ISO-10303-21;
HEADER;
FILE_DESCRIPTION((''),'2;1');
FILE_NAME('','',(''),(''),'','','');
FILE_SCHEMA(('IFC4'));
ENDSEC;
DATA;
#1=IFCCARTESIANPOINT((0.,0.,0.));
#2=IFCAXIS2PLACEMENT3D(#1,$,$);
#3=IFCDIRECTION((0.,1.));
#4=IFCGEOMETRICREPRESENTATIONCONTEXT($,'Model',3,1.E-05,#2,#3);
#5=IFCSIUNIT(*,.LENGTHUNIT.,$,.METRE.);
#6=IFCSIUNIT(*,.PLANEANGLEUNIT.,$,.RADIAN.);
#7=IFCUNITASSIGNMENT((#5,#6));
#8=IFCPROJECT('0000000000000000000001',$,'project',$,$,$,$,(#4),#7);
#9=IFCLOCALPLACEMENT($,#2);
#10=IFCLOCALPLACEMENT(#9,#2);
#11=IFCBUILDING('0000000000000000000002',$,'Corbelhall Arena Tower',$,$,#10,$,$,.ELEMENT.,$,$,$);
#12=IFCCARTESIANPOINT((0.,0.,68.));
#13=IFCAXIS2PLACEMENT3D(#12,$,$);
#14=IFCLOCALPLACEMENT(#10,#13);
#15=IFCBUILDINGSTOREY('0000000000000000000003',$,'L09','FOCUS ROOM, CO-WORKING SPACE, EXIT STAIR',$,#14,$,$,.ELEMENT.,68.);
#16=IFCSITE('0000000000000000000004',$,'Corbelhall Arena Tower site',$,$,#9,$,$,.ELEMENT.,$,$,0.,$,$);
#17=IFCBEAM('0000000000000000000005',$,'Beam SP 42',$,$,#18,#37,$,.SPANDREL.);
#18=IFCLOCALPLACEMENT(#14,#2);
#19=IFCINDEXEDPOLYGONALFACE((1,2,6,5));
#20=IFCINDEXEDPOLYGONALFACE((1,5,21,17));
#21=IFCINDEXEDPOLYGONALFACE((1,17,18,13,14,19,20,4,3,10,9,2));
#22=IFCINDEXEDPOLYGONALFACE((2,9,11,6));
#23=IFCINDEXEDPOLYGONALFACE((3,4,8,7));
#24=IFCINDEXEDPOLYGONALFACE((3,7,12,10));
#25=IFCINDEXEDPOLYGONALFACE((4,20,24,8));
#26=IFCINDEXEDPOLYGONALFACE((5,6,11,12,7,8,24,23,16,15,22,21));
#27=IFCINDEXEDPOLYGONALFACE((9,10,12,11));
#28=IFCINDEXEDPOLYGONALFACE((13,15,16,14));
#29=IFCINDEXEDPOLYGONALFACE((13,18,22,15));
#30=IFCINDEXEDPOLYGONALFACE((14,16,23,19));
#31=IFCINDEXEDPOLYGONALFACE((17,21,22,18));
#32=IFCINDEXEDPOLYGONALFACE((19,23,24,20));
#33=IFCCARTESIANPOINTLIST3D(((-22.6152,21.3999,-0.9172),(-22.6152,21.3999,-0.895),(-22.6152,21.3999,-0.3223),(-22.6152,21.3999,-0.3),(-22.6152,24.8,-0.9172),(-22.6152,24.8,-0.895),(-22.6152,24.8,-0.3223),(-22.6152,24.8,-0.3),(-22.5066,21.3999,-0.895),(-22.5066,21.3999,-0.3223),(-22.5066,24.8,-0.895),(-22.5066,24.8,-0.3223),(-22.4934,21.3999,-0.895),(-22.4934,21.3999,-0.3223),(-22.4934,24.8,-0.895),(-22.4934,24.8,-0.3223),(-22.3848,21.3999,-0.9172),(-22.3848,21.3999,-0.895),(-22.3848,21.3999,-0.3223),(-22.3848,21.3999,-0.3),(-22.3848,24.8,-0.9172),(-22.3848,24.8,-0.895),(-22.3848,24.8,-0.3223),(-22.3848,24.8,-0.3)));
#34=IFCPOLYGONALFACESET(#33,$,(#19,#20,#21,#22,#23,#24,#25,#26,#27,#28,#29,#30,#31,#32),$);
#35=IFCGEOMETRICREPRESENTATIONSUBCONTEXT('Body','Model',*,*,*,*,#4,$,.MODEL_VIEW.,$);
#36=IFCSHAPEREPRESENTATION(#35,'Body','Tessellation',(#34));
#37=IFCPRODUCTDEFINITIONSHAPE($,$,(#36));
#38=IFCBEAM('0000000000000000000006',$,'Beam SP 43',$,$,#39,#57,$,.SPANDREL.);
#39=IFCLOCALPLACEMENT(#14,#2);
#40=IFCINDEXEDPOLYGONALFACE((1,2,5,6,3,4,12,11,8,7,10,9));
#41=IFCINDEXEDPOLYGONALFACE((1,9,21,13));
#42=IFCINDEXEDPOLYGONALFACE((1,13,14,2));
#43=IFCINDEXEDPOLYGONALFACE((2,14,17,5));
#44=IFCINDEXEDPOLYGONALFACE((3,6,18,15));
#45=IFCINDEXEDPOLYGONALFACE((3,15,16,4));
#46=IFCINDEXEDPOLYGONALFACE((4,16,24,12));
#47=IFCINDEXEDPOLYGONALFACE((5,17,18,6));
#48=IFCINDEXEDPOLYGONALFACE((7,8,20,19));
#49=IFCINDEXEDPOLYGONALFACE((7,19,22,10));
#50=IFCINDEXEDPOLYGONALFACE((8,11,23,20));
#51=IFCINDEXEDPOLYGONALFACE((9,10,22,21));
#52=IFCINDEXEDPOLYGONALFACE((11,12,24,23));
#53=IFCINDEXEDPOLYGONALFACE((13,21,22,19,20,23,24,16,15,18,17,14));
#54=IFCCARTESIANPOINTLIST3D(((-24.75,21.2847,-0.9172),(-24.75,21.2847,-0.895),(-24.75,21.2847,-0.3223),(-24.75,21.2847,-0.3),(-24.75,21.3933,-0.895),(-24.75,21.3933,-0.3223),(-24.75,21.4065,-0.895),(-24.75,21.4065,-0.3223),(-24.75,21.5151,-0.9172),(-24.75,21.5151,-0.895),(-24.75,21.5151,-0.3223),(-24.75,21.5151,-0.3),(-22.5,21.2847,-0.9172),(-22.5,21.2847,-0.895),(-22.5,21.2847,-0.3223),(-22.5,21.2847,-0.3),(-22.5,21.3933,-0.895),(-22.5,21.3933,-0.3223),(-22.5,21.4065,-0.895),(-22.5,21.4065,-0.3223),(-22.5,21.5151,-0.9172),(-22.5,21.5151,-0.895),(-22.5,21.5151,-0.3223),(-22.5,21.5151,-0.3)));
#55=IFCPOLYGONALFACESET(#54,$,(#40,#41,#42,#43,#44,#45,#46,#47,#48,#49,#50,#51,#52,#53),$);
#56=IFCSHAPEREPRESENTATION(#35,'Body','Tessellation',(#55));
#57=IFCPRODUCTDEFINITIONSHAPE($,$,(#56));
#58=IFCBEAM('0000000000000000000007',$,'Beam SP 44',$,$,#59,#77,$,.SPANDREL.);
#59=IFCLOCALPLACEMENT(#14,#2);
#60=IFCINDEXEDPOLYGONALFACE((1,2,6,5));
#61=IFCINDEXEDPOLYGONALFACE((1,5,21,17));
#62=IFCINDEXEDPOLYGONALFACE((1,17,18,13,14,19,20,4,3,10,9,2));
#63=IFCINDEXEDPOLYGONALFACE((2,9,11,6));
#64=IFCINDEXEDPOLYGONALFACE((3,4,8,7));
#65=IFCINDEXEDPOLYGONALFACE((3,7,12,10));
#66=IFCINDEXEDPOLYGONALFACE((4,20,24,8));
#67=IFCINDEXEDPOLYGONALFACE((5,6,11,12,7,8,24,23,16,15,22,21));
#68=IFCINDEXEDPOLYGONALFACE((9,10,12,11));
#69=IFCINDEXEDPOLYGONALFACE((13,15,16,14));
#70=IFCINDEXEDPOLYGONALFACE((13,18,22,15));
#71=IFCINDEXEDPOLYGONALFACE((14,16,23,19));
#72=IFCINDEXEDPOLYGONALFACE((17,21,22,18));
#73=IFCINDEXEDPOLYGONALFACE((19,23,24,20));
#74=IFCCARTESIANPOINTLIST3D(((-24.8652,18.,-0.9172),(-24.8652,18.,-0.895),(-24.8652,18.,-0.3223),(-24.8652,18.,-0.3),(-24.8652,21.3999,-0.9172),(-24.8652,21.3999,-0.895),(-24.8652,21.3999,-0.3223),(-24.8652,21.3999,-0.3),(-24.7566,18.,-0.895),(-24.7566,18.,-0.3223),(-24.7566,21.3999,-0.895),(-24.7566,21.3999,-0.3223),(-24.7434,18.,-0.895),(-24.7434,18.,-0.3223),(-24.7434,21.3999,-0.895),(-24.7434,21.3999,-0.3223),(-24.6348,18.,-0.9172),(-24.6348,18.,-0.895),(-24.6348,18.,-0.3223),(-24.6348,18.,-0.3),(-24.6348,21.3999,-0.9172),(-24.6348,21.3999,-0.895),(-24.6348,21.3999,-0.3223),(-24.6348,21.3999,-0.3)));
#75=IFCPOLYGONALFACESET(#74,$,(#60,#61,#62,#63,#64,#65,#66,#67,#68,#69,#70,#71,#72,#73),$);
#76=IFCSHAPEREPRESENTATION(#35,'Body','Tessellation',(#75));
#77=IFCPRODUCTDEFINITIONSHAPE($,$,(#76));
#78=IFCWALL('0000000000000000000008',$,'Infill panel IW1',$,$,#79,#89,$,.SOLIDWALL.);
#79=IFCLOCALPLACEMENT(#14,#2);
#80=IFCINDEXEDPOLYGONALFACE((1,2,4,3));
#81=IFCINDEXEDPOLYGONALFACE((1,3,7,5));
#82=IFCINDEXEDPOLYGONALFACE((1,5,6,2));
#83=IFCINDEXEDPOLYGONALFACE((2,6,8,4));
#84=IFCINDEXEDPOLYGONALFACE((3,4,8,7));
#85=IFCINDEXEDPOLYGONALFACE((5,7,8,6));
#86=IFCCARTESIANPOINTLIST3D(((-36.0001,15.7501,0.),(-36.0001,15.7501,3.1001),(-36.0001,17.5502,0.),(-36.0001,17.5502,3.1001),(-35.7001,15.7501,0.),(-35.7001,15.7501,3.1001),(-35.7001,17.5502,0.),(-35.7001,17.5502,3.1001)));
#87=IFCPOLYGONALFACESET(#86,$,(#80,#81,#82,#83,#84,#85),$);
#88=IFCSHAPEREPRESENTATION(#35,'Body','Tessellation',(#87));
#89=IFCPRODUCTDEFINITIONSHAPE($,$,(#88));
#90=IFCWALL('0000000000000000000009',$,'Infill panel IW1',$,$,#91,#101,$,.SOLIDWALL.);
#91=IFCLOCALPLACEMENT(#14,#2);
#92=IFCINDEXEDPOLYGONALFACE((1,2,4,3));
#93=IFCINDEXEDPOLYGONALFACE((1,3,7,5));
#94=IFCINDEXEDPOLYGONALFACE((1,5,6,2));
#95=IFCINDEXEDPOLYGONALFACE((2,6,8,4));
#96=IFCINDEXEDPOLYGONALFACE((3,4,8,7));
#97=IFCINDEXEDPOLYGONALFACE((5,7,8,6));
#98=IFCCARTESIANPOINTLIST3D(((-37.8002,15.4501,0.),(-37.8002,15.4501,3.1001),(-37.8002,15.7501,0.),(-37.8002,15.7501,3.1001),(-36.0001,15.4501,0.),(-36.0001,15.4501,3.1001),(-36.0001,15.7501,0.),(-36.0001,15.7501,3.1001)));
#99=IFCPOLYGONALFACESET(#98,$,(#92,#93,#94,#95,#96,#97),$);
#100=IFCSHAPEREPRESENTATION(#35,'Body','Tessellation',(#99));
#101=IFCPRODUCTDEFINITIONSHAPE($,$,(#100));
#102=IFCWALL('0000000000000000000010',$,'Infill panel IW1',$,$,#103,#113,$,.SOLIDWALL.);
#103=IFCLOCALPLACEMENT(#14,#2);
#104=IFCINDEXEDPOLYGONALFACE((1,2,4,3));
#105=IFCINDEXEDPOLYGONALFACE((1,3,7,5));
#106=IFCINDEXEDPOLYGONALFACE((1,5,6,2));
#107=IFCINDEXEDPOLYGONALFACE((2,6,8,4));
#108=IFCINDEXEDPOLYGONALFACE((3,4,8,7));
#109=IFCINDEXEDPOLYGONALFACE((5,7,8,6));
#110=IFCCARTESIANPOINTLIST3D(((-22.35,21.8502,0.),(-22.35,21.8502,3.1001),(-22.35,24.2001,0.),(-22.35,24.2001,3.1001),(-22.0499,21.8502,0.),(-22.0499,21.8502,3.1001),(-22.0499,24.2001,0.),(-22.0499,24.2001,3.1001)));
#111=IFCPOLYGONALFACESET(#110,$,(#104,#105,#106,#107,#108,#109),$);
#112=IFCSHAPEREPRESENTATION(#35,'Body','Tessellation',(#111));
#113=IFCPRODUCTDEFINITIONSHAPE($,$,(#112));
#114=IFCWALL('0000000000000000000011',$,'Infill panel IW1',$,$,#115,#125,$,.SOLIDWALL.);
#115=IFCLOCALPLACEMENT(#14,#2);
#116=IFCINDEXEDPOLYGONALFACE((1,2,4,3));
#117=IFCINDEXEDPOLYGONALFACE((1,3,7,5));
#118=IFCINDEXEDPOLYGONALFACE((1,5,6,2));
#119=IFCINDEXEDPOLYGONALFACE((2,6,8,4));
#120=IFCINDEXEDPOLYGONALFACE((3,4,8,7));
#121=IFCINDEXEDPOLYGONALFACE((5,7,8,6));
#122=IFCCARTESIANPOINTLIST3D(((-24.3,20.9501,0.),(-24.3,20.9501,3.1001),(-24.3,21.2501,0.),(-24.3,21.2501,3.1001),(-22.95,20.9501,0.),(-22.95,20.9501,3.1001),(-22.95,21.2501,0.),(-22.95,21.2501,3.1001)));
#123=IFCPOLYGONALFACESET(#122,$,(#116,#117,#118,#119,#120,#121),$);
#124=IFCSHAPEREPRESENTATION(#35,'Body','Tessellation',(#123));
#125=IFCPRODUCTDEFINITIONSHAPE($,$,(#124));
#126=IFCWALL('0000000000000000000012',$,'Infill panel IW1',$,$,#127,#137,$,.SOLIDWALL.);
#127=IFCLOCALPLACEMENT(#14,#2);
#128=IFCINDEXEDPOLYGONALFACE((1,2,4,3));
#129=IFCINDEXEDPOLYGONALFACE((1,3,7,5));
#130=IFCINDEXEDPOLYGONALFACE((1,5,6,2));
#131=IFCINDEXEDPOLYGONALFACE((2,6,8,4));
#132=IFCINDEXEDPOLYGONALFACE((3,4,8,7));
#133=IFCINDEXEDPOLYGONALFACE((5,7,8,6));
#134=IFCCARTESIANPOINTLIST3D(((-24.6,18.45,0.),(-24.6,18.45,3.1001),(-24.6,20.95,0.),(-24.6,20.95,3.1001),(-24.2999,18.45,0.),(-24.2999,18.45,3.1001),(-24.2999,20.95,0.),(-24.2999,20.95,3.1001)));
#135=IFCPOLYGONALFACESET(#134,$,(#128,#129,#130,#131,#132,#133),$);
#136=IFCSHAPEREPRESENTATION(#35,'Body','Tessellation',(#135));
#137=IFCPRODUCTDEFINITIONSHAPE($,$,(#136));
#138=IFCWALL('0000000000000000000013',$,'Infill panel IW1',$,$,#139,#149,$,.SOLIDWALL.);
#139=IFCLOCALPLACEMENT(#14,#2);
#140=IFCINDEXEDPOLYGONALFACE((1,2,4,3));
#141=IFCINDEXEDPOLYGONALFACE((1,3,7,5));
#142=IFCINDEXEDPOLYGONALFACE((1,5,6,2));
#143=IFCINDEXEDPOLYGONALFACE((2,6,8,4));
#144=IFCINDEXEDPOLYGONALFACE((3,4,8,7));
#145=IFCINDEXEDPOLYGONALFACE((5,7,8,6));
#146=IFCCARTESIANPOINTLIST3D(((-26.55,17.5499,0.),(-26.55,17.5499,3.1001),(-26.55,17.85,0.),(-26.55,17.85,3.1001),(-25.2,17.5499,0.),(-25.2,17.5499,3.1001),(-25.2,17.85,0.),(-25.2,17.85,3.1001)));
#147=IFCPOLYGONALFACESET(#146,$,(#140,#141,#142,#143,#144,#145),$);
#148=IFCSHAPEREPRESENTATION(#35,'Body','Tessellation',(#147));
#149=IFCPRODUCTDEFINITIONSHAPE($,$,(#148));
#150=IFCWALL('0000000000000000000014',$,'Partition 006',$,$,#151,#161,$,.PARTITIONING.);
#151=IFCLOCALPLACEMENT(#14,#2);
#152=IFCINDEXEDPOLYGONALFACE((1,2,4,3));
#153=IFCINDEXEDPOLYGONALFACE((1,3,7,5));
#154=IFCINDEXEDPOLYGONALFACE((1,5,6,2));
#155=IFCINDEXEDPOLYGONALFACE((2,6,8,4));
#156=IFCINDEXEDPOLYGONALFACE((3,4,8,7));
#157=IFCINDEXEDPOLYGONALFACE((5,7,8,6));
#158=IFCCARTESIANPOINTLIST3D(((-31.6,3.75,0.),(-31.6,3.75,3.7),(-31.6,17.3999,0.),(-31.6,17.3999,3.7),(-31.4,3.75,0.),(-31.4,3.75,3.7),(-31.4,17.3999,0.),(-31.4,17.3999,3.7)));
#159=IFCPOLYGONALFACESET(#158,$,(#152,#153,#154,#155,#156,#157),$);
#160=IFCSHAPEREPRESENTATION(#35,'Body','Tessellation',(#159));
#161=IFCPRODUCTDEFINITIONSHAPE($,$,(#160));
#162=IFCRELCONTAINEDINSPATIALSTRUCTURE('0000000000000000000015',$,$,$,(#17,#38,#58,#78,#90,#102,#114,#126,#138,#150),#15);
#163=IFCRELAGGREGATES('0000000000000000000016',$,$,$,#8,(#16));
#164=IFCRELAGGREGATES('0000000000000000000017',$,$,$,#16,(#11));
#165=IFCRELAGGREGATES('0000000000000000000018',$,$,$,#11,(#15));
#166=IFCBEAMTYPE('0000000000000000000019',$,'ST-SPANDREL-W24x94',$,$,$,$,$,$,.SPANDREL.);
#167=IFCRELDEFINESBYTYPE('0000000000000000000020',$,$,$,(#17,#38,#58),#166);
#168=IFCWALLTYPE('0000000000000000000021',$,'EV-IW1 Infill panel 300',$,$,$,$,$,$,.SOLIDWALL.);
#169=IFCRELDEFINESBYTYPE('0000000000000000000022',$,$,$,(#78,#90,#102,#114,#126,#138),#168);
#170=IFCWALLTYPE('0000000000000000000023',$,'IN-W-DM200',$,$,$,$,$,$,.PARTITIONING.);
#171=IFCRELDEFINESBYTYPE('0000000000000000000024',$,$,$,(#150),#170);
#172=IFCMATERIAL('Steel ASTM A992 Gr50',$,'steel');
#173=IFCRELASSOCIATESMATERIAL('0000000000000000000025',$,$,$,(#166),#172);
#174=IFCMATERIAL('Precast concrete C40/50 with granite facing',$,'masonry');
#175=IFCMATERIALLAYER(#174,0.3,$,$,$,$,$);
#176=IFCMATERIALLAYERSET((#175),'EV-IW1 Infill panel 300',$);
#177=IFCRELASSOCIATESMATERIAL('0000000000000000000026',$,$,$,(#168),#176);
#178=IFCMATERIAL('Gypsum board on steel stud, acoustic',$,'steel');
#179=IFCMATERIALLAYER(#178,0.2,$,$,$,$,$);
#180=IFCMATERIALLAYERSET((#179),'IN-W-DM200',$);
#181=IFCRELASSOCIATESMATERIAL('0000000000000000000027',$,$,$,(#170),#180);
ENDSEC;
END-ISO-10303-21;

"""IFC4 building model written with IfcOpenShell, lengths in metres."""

from ifc_helpers import new_model, si_unit, direction, frame, frame_2d, origin, origin_2d, place, context, subcontext, project, spatial, rectangle, i_section, extrude, material, layer, layer_set, material_profile, profile_set, type_object, element, save


model = new_model("IFC4")

# Units and contexts
model_context = context("Model", 3, precision=1e-05, world=origin(), true_north=direction((0.0, 1.0)))
body_context = subcontext(model_context, "Body", "Model", "MODEL_VIEW")
ifc_project = project(units=[si_unit("LENGTHUNIT", "METRE"), si_unit("PLANEANGLEUNIT", "RADIAN")], contexts=[model_context])

# Site, building, storey
site_placement = place(None, origin())
site = spatial("IfcSite", under=ifc_project, at=site_placement, Name="Corbelhall Arena Tower site", CompositionType="ELEMENT", RefElevation=0.0)
building_placement = place(site_placement, origin())
building = spatial("IfcBuilding", under=site, at=building_placement, Name="Corbelhall Arena Tower", CompositionType="ELEMENT")
storey_placement = place(building_placement, frame((0.0, 0.0, 68.0)))
storey = spatial("IfcBuildingStorey", under=building, at=storey_placement, Name="L09", Description="FOCUS ROOM, CO-WORKING SPACE, EXIT STAIR", CompositionType="ELEMENT", Elevation=68.0)

# Beams
ifc_material_1 = material(Name="Steel ASTM A992 Gr50", Category="steel")
ifc_material_profile_1 = material_profile(ifc_material_1, i_section(OverallWidth=0.2305, OverallDepth=0.6172, WebThickness=0.0132, FlangeThickness=0.0222, at=origin_2d()))
ifc_profile_set_1 = profile_set([ifc_material_profile_1], Name="Steel ASTM A992 Gr50")
beam_type = type_object("IfcBeamType", Name="ST-SPANDREL-W24x94", PredefinedType="SPANDREL", material=ifc_profile_set_1)
beam_1_placement = place(storey_placement, frame((-22.5, 21.3999, -0.6086), z_axis=(0.0, 1.0, 0.0), x_axis=(-1.0, 0.0, 0.0)))
element("IfcBeam", 1, at=beam_1_placement, inside=storey, type_object=beam_type, Name="Beam SP 42", PredefinedType="SPANDREL", context=body_context, shape_type="SweptSolid", body=[
    extrude(i_section(OverallWidth=0.2305, OverallDepth=0.6172, WebThickness=0.0132, FlangeThickness=0.0222, at=origin_2d()), origin(), (0.0, 0.0, 1.0), 3.4001),
])
beam_2_placement = place(storey_placement, frame((-24.75, 21.3999, -0.6086), z_axis=(1.0, 0.0, 0.0), x_axis=(0.0, 1.0, 0.0)))
element("IfcBeam", 2, at=beam_2_placement, inside=storey, type_object=beam_type, Name="Beam SP 43", PredefinedType="SPANDREL", context=body_context, shape_type="SweptSolid", body=[
    extrude(i_section(OverallWidth=0.2305, OverallDepth=0.6172, WebThickness=0.0132, FlangeThickness=0.0222, at=origin_2d()), origin(), (0.0, 0.0, 1.0), 2.25),
])
beam_3_placement = place(storey_placement, frame((-24.75, 18.0, -0.6086), z_axis=(0.0, 1.0, 0.0), x_axis=(-1.0, 0.0, 0.0)))
element("IfcBeam", 3, at=beam_3_placement, inside=storey, type_object=beam_type, Name="Beam SP 44", PredefinedType="SPANDREL", context=body_context, shape_type="SweptSolid", body=[
    extrude(i_section(OverallWidth=0.2305, OverallDepth=0.6172, WebThickness=0.0132, FlangeThickness=0.0222, at=origin_2d()), origin(), (0.0, 0.0, 1.0), 3.3999),
])

# Walls
ifc_material_2 = material(Name="Precast concrete C40/50 with granite facing", Category="masonry")
ifc_layer_1 = layer(ifc_material_2, 0.3)
ifc_layer_set_1 = layer_set([ifc_layer_1], Name="EV-IW1 Infill panel 300")
wall_type_1 = type_object("IfcWallType", Name="EV-IW1 Infill panel 300", PredefinedType="SOLIDWALL", material=ifc_layer_set_1)
for number, where, z_axis, x_axis, name in (
    (4, (-35.8501, 17.55, 0.0), (0.0, 0.0, 1.0), (0.0, -1.0, 0.0), "Infill panel IW1"),
    (5, (-37.8, 15.6001, 0.0), (0.0, 0.0, 1.0), (1.0, 0.0, 0.0), "Infill panel IW1"),
):
    element("IfcWall", number, at=place(storey_placement, frame(where, z_axis=z_axis, x_axis=x_axis)), inside=storey, type_object=wall_type_1, Name=name, PredefinedType="SOLIDWALL", context=body_context, shape_type="SweptSolid", body=[
        extrude(rectangle(XDim=1.8, YDim=0.3, at=frame_2d((0.8999, 0.0))), origin(), (0.0, 0.0, 1.0), 3.1001),
    ])
wall_1_placement = place(storey_placement, frame((-22.2, 24.2, 0.0), z_axis=(0.0, 0.0, 1.0), x_axis=(0.0, -1.0, 0.0)))
element("IfcWall", 6, at=wall_1_placement, inside=storey, type_object=wall_type_1, Name="Infill panel IW1", PredefinedType="SOLIDWALL", context=body_context, shape_type="SweptSolid", body=[
    extrude(rectangle(XDim=2.3499, YDim=0.3, at=frame_2d((1.1748, 0.0))), origin(), (0.0, 0.0, 1.0), 3.1001),
])
wall_2_placement = place(storey_placement, frame((-22.95, 21.1001, 0.0), z_axis=(0.0, 0.0, 1.0), x_axis=(-1.0, 0.0, 0.0)))
element("IfcWall", 7, at=wall_2_placement, inside=storey, type_object=wall_type_1, Name="Infill panel IW1", PredefinedType="SOLIDWALL", context=body_context, shape_type="SweptSolid", body=[
    extrude(rectangle(XDim=1.3501, YDim=0.3, at=frame_2d((0.675, 0.0))), origin(), (0.0, 0.0, 1.0), 3.1001),
])
wall_3_placement = place(storey_placement, frame((-24.45, 20.95, 0.0), z_axis=(0.0, 0.0, 1.0), x_axis=(0.0, -1.0, 0.0)))
element("IfcWall", 8, at=wall_3_placement, inside=storey, type_object=wall_type_1, Name="Infill panel IW1", PredefinedType="SOLIDWALL", context=body_context, shape_type="SweptSolid", body=[
    extrude(rectangle(XDim=2.5, YDim=0.3, at=frame_2d((1.25, 0.0))), origin(), (0.0, 0.0, 1.0), 3.1001),
])
wall_4_placement = place(storey_placement, frame((-25.2, 17.7, 0.0), z_axis=(0.0, 0.0, 1.0), x_axis=(-1.0, 0.0, 0.0)))
element("IfcWall", 9, at=wall_4_placement, inside=storey, type_object=wall_type_1, Name="Infill panel IW1", PredefinedType="SOLIDWALL", context=body_context, shape_type="SweptSolid", body=[
    extrude(rectangle(XDim=1.3501, YDim=0.3, at=frame_2d((0.675, 0.0))), origin(), (0.0, 0.0, 1.0), 3.1001),
])

# Wall
ifc_material_3 = material(Name="Gypsum board on steel stud, acoustic", Category="steel")
ifc_layer_2 = layer(ifc_material_3, 0.2)
ifc_layer_set_2 = layer_set([ifc_layer_2], Name="IN-W-DM200")
wall_type_2 = type_object("IfcWallType", Name="IN-W-DM200", PredefinedType="PARTITIONING", material=ifc_layer_set_2)
wall_5_placement = place(storey_placement, frame((-31.5, 17.3999, 0.0), z_axis=(0.0, 0.0, 1.0), x_axis=(0.0, -1.0, 0.0)))
element("IfcWall", 10, at=wall_5_placement, inside=storey, type_object=wall_type_2, Name="Partition 006", PredefinedType="PARTITIONING", context=body_context, shape_type="SweptSolid", body=[
    extrude(rectangle(XDim=13.6499, YDim=0.2, at=frame_2d((6.825, 0.0))), origin(), (0.0, 0.0, 1.0), 3.7),
])

save(model, "model.ifc")
